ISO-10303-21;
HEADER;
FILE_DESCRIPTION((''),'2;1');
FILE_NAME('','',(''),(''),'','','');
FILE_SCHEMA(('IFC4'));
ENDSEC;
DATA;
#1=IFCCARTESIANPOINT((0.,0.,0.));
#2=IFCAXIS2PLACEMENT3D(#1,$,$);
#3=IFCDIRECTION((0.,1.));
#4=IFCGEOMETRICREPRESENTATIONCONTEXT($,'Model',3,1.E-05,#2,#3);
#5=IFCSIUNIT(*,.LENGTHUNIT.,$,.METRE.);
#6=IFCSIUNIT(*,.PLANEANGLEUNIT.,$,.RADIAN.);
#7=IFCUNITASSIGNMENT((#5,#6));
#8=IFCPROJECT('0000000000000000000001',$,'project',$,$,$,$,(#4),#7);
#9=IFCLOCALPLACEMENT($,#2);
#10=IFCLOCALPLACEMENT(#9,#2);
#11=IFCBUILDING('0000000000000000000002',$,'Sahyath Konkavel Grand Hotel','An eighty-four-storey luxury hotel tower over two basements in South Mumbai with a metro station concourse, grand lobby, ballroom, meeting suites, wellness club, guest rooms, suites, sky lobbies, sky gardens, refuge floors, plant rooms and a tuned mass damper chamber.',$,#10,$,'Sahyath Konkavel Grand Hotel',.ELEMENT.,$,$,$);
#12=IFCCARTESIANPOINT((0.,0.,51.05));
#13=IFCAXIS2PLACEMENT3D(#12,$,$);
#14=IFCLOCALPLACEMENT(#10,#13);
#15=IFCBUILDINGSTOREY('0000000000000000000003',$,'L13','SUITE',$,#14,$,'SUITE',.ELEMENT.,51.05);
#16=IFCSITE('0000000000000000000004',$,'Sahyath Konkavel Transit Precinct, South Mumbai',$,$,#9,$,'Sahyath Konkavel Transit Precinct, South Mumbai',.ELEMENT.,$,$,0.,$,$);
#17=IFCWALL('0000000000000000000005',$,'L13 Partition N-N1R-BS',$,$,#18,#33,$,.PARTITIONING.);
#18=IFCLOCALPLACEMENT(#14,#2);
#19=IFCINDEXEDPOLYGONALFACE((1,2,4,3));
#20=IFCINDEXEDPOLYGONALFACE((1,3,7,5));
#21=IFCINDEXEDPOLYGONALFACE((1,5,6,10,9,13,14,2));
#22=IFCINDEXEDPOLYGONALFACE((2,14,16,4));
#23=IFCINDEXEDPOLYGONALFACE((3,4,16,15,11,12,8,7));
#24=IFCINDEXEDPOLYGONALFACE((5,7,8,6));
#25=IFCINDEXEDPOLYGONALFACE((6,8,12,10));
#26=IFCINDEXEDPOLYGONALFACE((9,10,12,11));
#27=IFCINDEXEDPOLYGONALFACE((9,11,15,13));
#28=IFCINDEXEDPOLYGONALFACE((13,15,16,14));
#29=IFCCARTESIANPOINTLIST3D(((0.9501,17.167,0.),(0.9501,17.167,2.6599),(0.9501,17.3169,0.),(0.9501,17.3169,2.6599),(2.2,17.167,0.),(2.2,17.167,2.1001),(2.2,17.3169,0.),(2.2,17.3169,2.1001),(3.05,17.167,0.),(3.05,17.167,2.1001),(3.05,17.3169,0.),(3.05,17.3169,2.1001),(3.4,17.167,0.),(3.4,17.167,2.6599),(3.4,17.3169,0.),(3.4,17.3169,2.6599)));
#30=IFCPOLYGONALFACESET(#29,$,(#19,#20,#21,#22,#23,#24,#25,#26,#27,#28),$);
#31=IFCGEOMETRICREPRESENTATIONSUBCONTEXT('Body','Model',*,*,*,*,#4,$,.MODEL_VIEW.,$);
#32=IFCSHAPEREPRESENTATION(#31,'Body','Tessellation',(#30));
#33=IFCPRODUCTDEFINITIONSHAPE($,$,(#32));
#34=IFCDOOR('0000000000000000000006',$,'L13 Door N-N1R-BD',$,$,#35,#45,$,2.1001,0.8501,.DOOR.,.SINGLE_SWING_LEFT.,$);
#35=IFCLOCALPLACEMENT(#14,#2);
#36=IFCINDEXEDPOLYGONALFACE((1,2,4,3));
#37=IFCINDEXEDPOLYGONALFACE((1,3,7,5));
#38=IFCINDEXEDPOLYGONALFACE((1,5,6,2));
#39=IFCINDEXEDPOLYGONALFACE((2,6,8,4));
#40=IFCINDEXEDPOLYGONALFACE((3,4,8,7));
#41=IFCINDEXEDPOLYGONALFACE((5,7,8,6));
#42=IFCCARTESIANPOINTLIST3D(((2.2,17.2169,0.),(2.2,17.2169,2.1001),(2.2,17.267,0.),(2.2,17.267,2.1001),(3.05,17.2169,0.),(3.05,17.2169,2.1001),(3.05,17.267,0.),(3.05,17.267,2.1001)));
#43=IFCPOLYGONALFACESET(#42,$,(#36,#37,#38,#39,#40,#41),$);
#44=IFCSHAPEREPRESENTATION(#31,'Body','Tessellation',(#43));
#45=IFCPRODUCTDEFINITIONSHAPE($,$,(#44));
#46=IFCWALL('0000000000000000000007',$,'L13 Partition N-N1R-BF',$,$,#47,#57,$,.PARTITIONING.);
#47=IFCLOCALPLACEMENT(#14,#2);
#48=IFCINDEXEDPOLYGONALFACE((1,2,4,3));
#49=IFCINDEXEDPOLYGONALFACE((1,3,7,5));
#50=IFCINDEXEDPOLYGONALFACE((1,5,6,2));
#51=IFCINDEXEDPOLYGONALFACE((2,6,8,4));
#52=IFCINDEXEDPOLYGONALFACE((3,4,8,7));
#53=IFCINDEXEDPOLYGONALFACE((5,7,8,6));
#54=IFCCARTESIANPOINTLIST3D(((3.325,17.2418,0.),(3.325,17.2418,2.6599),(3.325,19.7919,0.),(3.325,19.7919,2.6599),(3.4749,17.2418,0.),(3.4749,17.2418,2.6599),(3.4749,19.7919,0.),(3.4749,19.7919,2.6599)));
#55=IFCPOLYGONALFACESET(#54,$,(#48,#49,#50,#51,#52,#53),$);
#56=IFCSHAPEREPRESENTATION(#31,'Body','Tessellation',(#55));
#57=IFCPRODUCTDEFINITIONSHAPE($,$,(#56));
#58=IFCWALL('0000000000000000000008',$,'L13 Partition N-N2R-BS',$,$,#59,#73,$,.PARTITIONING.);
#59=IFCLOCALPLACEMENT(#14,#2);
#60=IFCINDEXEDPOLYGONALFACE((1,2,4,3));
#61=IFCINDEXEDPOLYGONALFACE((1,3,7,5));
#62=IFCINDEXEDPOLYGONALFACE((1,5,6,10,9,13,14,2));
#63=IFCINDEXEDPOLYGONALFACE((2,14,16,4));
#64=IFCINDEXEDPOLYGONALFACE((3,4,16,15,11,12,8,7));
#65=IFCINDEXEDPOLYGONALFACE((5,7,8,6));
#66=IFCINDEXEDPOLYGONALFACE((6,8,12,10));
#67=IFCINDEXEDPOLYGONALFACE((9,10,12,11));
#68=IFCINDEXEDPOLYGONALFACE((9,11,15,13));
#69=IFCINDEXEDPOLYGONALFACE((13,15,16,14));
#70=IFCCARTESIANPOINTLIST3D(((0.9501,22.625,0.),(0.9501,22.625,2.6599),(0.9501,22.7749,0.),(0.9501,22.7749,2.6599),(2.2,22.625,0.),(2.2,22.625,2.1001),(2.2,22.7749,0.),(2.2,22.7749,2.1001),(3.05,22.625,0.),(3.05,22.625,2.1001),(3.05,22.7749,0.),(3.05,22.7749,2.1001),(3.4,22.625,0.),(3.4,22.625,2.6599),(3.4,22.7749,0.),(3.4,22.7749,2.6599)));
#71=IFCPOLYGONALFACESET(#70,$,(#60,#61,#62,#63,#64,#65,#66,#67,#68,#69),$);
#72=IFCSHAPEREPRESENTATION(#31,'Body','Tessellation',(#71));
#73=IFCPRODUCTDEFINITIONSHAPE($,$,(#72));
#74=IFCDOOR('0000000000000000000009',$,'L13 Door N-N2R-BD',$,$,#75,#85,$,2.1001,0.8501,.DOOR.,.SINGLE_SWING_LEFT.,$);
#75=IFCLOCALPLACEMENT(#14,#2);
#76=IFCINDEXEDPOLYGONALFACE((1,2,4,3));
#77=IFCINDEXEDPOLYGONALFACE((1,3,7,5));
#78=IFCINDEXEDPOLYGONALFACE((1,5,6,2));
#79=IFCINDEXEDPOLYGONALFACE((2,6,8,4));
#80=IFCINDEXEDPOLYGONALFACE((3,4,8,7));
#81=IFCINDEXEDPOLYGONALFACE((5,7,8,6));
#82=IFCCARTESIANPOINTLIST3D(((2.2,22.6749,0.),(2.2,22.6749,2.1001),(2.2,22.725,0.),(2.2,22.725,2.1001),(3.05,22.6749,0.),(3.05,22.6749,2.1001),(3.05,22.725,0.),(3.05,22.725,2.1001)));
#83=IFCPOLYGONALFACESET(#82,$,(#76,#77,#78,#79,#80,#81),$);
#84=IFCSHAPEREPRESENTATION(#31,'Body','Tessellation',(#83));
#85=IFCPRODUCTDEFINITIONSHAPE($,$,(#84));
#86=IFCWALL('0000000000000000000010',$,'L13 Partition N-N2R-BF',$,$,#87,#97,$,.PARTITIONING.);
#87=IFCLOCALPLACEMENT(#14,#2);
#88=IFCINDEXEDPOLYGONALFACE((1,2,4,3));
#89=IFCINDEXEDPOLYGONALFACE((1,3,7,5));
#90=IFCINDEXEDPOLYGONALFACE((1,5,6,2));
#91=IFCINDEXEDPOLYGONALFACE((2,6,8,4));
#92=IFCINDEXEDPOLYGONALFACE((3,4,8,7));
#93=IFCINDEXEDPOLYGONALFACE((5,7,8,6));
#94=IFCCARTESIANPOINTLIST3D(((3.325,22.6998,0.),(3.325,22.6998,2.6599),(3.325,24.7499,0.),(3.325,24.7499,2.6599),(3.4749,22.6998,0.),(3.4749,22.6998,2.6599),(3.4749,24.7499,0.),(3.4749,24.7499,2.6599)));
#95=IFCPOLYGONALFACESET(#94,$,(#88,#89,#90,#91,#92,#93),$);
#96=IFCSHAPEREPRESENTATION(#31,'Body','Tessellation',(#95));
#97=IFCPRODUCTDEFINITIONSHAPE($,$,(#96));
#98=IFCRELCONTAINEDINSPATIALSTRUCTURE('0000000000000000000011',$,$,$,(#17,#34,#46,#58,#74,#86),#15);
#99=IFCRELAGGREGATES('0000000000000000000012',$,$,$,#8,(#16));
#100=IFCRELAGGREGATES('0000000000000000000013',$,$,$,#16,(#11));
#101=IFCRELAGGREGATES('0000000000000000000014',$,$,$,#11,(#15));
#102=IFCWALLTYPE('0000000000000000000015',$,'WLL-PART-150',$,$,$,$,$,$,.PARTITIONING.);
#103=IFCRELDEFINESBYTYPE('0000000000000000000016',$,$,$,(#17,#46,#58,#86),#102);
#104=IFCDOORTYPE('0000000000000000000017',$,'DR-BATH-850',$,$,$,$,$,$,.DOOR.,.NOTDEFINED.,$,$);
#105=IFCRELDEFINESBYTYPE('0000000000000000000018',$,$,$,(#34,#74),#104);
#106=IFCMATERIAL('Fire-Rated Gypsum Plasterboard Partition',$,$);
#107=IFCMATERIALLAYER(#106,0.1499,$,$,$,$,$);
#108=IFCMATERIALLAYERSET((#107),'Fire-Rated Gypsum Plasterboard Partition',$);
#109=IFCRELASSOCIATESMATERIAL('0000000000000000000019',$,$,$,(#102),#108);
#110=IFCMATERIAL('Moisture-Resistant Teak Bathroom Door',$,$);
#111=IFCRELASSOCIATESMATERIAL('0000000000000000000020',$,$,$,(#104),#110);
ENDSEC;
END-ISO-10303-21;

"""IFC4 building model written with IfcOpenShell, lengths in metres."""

from ifc_helpers import new_model, si_unit, direction, frame, frame_2d, origin, origin_2d, place, context, subcontext, project, spatial, rectangle, extrude, source, transform, mapped, material, layer, layer_set, type_object, element, fill, save


model = new_model("IFC4")

# Units and contexts
model_context = context("Model", 3, precision=1e-05, world=origin(), true_north=direction((0.0, 1.0)))
body_context = subcontext(model_context, "Body", "Model", "MODEL_VIEW")
ifc_project = project(units=[si_unit("LENGTHUNIT", "METRE"), si_unit("PLANEANGLEUNIT", "RADIAN")], contexts=[model_context])

# Site, building, storey
site_placement = place(None, origin())
site = spatial("IfcSite", under=ifc_project, at=site_placement, Name="Sahyath Konkavel Transit Precinct, South Mumbai", LongName="Sahyath Konkavel Transit Precinct, South Mumbai", CompositionType="ELEMENT", RefElevation=0.0)
building_placement = place(site_placement, origin())
building = spatial("IfcBuilding", under=site, at=building_placement, Name="Sahyath Konkavel Grand Hotel", Description="An eighty-four-storey luxury hotel tower over two basements in South Mumbai with a metro station concourse, grand lobby, ballroom, meeting suites, wellness club, guest rooms, suites, sky lobbies, sky gardens, refuge floors, plant rooms and a tuned mass damper chamber.", LongName="Sahyath Konkavel Grand Hotel", CompositionType="ELEMENT")
storey_placement = place(building_placement, frame((0.0, 0.0, 51.05)))
storey = spatial("IfcBuildingStorey", under=building, at=storey_placement, Name="L13", Description="SUITE", LongName="SUITE", CompositionType="ELEMENT", Elevation=51.05)

# Shared definitions
ifc_material_1 = material(Name="Fire-Rated Gypsum Plasterboard Partition")
ifc_layer_1 = layer(ifc_material_1, 0.1499)
ifc_layer_set_1 = layer_set([ifc_layer_1], Name="Fire-Rated Gypsum Plasterboard Partition")
wall_type_1 = type_object("IfcWallType", Name="WLL-PART-150", PredefinedType="PARTITIONING", material=ifc_layer_set_1)
shared_shape_1 = source(origin(), body_context, "Body", "SweptSolid", [
    extrude(rectangle(XDim=0.8501, YDim=0.05, at=origin_2d()), origin(), (0.0, 0.0, 1.0), 2.1001),
])

# Wall, opening, door
wall_1_placement = place(storey_placement, frame((0.95, 17.2419, 0.0), z_axis=(0.0, 0.0, 1.0), x_axis=(1.0, 0.0, 0.0)))
wall_1 = element("IfcWall", 1, at=wall_1_placement, inside=storey, type_object=wall_type_1, Name="L13 Partition N-N1R-BS", PredefinedType="PARTITIONING", context=body_context, shape_type="SweptSolid", body=[
    extrude(rectangle(XDim=2.45, YDim=0.1499, at=frame_2d((1.2251, 0.0))), origin(), (0.0, 0.0, 1.0), 2.6599),
])
opening_1_placement = place(wall_1_placement, frame((1.25, 0.0, 0.0)))
opening_1 = element("IfcOpeningElement", 2, at=opening_1_placement, cuts=wall_1, PredefinedType="OPENING", context=body_context, shape_type="SweptSolid", body=[
    extrude(rectangle(XDim=0.8501, YDim=2.1001, at=frame_2d((0.425, 1.05))), frame((0.0, 0.085, 0.0), z_axis=(0.0, -1.0, 0.0), x_axis=(1.0, 0.0, 0.0)), (0.0, 0.0, 1.0), 0.1699),
])
ifc_material_2 = material(Name="Moisture-Resistant Teak Bathroom Door")
door_type_1 = type_object("IfcDoorType", Name="DR-BATH-850", OperationType="NOTDEFINED", PredefinedType="DOOR", material=ifc_material_2)
door_1_placement = place(opening_1_placement, frame((0.425, 0.0, 0.0)))
door_1 = element("IfcDoor", 3, at=door_1_placement, inside=storey, type_object=door_type_1, Name="L13 Door N-N1R-BD", OperationType="SINGLE_SWING_LEFT", OverallHeight=2.1001, OverallWidth=0.8501, PredefinedType="DOOR", context=body_context, shape_type="MappedRepresentation", body=[
    mapped(shared_shape_1, transform((0.0, 0.0, 0.0), scale=1.0)),
])
fill(opening_1, door_1)

# Wall
wall_2_placement = place(storey_placement, frame((3.3999, 17.2419, 0.0), z_axis=(0.0, 0.0, 1.0), x_axis=(0.0, 1.0, 0.0)))
element("IfcWall", 4, at=wall_2_placement, inside=storey, type_object=wall_type_1, Name="L13 Partition N-N1R-BF", PredefinedType="PARTITIONING", context=body_context, shape_type="SweptSolid", body=[
    extrude(rectangle(XDim=2.55, YDim=0.1499, at=frame_2d((1.2749, 0.0))), origin(), (0.0, 0.0, 1.0), 2.6599),
])

# Wall, opening, door
wall_3_placement = place(storey_placement, frame((0.95, 22.7, 0.0), z_axis=(0.0, 0.0, 1.0), x_axis=(1.0, 0.0, 0.0)))
wall_3 = element("IfcWall", 5, at=wall_3_placement, inside=storey, type_object=wall_type_1, Name="L13 Partition N-N2R-BS", PredefinedType="PARTITIONING", context=body_context, shape_type="SweptSolid", body=[
    extrude(rectangle(XDim=2.45, YDim=0.1499, at=frame_2d((1.2251, 0.0))), origin(), (0.0, 0.0, 1.0), 2.6599),
])
opening_2_placement = place(wall_3_placement, frame((1.25, 0.0, 0.0)))
opening_2 = element("IfcOpeningElement", 6, at=opening_2_placement, cuts=wall_3, PredefinedType="OPENING", context=body_context, shape_type="SweptSolid", body=[
    extrude(rectangle(XDim=0.8501, YDim=2.1001, at=frame_2d((0.425, 1.05))), frame((0.0, 0.085, 0.0), z_axis=(0.0, -1.0, 0.0), x_axis=(1.0, 0.0, 0.0)), (0.0, 0.0, 1.0), 0.1699),
])
door_2_placement = place(opening_2_placement, frame((0.425, 0.0, 0.0)))
door_2 = element("IfcDoor", 7, at=door_2_placement, inside=storey, type_object=door_type_1, Name="L13 Door N-N2R-BD", OperationType="SINGLE_SWING_LEFT", OverallHeight=2.1001, OverallWidth=0.8501, PredefinedType="DOOR", context=body_context, shape_type="MappedRepresentation", body=[
    mapped(shared_shape_1, transform((0.0, 0.0, 0.0), scale=1.0)),
])
fill(opening_2, door_2)

# Wall
wall_4_placement = place(storey_placement, frame((3.3999, 22.7, 0.0), z_axis=(0.0, 0.0, 1.0), x_axis=(0.0, 1.0, 0.0)))
element("IfcWall", 8, at=wall_4_placement, inside=storey, type_object=wall_type_1, Name="L13 Partition N-N2R-BF", PredefinedType="PARTITIONING", context=body_context, shape_type="SweptSolid", body=[
    extrude(rectangle(XDim=2.05, YDim=0.1499, at=frame_2d((1.0249, 0.0))), origin(), (0.0, 0.0, 1.0), 2.6599),
])

save(model, "model.ifc")
